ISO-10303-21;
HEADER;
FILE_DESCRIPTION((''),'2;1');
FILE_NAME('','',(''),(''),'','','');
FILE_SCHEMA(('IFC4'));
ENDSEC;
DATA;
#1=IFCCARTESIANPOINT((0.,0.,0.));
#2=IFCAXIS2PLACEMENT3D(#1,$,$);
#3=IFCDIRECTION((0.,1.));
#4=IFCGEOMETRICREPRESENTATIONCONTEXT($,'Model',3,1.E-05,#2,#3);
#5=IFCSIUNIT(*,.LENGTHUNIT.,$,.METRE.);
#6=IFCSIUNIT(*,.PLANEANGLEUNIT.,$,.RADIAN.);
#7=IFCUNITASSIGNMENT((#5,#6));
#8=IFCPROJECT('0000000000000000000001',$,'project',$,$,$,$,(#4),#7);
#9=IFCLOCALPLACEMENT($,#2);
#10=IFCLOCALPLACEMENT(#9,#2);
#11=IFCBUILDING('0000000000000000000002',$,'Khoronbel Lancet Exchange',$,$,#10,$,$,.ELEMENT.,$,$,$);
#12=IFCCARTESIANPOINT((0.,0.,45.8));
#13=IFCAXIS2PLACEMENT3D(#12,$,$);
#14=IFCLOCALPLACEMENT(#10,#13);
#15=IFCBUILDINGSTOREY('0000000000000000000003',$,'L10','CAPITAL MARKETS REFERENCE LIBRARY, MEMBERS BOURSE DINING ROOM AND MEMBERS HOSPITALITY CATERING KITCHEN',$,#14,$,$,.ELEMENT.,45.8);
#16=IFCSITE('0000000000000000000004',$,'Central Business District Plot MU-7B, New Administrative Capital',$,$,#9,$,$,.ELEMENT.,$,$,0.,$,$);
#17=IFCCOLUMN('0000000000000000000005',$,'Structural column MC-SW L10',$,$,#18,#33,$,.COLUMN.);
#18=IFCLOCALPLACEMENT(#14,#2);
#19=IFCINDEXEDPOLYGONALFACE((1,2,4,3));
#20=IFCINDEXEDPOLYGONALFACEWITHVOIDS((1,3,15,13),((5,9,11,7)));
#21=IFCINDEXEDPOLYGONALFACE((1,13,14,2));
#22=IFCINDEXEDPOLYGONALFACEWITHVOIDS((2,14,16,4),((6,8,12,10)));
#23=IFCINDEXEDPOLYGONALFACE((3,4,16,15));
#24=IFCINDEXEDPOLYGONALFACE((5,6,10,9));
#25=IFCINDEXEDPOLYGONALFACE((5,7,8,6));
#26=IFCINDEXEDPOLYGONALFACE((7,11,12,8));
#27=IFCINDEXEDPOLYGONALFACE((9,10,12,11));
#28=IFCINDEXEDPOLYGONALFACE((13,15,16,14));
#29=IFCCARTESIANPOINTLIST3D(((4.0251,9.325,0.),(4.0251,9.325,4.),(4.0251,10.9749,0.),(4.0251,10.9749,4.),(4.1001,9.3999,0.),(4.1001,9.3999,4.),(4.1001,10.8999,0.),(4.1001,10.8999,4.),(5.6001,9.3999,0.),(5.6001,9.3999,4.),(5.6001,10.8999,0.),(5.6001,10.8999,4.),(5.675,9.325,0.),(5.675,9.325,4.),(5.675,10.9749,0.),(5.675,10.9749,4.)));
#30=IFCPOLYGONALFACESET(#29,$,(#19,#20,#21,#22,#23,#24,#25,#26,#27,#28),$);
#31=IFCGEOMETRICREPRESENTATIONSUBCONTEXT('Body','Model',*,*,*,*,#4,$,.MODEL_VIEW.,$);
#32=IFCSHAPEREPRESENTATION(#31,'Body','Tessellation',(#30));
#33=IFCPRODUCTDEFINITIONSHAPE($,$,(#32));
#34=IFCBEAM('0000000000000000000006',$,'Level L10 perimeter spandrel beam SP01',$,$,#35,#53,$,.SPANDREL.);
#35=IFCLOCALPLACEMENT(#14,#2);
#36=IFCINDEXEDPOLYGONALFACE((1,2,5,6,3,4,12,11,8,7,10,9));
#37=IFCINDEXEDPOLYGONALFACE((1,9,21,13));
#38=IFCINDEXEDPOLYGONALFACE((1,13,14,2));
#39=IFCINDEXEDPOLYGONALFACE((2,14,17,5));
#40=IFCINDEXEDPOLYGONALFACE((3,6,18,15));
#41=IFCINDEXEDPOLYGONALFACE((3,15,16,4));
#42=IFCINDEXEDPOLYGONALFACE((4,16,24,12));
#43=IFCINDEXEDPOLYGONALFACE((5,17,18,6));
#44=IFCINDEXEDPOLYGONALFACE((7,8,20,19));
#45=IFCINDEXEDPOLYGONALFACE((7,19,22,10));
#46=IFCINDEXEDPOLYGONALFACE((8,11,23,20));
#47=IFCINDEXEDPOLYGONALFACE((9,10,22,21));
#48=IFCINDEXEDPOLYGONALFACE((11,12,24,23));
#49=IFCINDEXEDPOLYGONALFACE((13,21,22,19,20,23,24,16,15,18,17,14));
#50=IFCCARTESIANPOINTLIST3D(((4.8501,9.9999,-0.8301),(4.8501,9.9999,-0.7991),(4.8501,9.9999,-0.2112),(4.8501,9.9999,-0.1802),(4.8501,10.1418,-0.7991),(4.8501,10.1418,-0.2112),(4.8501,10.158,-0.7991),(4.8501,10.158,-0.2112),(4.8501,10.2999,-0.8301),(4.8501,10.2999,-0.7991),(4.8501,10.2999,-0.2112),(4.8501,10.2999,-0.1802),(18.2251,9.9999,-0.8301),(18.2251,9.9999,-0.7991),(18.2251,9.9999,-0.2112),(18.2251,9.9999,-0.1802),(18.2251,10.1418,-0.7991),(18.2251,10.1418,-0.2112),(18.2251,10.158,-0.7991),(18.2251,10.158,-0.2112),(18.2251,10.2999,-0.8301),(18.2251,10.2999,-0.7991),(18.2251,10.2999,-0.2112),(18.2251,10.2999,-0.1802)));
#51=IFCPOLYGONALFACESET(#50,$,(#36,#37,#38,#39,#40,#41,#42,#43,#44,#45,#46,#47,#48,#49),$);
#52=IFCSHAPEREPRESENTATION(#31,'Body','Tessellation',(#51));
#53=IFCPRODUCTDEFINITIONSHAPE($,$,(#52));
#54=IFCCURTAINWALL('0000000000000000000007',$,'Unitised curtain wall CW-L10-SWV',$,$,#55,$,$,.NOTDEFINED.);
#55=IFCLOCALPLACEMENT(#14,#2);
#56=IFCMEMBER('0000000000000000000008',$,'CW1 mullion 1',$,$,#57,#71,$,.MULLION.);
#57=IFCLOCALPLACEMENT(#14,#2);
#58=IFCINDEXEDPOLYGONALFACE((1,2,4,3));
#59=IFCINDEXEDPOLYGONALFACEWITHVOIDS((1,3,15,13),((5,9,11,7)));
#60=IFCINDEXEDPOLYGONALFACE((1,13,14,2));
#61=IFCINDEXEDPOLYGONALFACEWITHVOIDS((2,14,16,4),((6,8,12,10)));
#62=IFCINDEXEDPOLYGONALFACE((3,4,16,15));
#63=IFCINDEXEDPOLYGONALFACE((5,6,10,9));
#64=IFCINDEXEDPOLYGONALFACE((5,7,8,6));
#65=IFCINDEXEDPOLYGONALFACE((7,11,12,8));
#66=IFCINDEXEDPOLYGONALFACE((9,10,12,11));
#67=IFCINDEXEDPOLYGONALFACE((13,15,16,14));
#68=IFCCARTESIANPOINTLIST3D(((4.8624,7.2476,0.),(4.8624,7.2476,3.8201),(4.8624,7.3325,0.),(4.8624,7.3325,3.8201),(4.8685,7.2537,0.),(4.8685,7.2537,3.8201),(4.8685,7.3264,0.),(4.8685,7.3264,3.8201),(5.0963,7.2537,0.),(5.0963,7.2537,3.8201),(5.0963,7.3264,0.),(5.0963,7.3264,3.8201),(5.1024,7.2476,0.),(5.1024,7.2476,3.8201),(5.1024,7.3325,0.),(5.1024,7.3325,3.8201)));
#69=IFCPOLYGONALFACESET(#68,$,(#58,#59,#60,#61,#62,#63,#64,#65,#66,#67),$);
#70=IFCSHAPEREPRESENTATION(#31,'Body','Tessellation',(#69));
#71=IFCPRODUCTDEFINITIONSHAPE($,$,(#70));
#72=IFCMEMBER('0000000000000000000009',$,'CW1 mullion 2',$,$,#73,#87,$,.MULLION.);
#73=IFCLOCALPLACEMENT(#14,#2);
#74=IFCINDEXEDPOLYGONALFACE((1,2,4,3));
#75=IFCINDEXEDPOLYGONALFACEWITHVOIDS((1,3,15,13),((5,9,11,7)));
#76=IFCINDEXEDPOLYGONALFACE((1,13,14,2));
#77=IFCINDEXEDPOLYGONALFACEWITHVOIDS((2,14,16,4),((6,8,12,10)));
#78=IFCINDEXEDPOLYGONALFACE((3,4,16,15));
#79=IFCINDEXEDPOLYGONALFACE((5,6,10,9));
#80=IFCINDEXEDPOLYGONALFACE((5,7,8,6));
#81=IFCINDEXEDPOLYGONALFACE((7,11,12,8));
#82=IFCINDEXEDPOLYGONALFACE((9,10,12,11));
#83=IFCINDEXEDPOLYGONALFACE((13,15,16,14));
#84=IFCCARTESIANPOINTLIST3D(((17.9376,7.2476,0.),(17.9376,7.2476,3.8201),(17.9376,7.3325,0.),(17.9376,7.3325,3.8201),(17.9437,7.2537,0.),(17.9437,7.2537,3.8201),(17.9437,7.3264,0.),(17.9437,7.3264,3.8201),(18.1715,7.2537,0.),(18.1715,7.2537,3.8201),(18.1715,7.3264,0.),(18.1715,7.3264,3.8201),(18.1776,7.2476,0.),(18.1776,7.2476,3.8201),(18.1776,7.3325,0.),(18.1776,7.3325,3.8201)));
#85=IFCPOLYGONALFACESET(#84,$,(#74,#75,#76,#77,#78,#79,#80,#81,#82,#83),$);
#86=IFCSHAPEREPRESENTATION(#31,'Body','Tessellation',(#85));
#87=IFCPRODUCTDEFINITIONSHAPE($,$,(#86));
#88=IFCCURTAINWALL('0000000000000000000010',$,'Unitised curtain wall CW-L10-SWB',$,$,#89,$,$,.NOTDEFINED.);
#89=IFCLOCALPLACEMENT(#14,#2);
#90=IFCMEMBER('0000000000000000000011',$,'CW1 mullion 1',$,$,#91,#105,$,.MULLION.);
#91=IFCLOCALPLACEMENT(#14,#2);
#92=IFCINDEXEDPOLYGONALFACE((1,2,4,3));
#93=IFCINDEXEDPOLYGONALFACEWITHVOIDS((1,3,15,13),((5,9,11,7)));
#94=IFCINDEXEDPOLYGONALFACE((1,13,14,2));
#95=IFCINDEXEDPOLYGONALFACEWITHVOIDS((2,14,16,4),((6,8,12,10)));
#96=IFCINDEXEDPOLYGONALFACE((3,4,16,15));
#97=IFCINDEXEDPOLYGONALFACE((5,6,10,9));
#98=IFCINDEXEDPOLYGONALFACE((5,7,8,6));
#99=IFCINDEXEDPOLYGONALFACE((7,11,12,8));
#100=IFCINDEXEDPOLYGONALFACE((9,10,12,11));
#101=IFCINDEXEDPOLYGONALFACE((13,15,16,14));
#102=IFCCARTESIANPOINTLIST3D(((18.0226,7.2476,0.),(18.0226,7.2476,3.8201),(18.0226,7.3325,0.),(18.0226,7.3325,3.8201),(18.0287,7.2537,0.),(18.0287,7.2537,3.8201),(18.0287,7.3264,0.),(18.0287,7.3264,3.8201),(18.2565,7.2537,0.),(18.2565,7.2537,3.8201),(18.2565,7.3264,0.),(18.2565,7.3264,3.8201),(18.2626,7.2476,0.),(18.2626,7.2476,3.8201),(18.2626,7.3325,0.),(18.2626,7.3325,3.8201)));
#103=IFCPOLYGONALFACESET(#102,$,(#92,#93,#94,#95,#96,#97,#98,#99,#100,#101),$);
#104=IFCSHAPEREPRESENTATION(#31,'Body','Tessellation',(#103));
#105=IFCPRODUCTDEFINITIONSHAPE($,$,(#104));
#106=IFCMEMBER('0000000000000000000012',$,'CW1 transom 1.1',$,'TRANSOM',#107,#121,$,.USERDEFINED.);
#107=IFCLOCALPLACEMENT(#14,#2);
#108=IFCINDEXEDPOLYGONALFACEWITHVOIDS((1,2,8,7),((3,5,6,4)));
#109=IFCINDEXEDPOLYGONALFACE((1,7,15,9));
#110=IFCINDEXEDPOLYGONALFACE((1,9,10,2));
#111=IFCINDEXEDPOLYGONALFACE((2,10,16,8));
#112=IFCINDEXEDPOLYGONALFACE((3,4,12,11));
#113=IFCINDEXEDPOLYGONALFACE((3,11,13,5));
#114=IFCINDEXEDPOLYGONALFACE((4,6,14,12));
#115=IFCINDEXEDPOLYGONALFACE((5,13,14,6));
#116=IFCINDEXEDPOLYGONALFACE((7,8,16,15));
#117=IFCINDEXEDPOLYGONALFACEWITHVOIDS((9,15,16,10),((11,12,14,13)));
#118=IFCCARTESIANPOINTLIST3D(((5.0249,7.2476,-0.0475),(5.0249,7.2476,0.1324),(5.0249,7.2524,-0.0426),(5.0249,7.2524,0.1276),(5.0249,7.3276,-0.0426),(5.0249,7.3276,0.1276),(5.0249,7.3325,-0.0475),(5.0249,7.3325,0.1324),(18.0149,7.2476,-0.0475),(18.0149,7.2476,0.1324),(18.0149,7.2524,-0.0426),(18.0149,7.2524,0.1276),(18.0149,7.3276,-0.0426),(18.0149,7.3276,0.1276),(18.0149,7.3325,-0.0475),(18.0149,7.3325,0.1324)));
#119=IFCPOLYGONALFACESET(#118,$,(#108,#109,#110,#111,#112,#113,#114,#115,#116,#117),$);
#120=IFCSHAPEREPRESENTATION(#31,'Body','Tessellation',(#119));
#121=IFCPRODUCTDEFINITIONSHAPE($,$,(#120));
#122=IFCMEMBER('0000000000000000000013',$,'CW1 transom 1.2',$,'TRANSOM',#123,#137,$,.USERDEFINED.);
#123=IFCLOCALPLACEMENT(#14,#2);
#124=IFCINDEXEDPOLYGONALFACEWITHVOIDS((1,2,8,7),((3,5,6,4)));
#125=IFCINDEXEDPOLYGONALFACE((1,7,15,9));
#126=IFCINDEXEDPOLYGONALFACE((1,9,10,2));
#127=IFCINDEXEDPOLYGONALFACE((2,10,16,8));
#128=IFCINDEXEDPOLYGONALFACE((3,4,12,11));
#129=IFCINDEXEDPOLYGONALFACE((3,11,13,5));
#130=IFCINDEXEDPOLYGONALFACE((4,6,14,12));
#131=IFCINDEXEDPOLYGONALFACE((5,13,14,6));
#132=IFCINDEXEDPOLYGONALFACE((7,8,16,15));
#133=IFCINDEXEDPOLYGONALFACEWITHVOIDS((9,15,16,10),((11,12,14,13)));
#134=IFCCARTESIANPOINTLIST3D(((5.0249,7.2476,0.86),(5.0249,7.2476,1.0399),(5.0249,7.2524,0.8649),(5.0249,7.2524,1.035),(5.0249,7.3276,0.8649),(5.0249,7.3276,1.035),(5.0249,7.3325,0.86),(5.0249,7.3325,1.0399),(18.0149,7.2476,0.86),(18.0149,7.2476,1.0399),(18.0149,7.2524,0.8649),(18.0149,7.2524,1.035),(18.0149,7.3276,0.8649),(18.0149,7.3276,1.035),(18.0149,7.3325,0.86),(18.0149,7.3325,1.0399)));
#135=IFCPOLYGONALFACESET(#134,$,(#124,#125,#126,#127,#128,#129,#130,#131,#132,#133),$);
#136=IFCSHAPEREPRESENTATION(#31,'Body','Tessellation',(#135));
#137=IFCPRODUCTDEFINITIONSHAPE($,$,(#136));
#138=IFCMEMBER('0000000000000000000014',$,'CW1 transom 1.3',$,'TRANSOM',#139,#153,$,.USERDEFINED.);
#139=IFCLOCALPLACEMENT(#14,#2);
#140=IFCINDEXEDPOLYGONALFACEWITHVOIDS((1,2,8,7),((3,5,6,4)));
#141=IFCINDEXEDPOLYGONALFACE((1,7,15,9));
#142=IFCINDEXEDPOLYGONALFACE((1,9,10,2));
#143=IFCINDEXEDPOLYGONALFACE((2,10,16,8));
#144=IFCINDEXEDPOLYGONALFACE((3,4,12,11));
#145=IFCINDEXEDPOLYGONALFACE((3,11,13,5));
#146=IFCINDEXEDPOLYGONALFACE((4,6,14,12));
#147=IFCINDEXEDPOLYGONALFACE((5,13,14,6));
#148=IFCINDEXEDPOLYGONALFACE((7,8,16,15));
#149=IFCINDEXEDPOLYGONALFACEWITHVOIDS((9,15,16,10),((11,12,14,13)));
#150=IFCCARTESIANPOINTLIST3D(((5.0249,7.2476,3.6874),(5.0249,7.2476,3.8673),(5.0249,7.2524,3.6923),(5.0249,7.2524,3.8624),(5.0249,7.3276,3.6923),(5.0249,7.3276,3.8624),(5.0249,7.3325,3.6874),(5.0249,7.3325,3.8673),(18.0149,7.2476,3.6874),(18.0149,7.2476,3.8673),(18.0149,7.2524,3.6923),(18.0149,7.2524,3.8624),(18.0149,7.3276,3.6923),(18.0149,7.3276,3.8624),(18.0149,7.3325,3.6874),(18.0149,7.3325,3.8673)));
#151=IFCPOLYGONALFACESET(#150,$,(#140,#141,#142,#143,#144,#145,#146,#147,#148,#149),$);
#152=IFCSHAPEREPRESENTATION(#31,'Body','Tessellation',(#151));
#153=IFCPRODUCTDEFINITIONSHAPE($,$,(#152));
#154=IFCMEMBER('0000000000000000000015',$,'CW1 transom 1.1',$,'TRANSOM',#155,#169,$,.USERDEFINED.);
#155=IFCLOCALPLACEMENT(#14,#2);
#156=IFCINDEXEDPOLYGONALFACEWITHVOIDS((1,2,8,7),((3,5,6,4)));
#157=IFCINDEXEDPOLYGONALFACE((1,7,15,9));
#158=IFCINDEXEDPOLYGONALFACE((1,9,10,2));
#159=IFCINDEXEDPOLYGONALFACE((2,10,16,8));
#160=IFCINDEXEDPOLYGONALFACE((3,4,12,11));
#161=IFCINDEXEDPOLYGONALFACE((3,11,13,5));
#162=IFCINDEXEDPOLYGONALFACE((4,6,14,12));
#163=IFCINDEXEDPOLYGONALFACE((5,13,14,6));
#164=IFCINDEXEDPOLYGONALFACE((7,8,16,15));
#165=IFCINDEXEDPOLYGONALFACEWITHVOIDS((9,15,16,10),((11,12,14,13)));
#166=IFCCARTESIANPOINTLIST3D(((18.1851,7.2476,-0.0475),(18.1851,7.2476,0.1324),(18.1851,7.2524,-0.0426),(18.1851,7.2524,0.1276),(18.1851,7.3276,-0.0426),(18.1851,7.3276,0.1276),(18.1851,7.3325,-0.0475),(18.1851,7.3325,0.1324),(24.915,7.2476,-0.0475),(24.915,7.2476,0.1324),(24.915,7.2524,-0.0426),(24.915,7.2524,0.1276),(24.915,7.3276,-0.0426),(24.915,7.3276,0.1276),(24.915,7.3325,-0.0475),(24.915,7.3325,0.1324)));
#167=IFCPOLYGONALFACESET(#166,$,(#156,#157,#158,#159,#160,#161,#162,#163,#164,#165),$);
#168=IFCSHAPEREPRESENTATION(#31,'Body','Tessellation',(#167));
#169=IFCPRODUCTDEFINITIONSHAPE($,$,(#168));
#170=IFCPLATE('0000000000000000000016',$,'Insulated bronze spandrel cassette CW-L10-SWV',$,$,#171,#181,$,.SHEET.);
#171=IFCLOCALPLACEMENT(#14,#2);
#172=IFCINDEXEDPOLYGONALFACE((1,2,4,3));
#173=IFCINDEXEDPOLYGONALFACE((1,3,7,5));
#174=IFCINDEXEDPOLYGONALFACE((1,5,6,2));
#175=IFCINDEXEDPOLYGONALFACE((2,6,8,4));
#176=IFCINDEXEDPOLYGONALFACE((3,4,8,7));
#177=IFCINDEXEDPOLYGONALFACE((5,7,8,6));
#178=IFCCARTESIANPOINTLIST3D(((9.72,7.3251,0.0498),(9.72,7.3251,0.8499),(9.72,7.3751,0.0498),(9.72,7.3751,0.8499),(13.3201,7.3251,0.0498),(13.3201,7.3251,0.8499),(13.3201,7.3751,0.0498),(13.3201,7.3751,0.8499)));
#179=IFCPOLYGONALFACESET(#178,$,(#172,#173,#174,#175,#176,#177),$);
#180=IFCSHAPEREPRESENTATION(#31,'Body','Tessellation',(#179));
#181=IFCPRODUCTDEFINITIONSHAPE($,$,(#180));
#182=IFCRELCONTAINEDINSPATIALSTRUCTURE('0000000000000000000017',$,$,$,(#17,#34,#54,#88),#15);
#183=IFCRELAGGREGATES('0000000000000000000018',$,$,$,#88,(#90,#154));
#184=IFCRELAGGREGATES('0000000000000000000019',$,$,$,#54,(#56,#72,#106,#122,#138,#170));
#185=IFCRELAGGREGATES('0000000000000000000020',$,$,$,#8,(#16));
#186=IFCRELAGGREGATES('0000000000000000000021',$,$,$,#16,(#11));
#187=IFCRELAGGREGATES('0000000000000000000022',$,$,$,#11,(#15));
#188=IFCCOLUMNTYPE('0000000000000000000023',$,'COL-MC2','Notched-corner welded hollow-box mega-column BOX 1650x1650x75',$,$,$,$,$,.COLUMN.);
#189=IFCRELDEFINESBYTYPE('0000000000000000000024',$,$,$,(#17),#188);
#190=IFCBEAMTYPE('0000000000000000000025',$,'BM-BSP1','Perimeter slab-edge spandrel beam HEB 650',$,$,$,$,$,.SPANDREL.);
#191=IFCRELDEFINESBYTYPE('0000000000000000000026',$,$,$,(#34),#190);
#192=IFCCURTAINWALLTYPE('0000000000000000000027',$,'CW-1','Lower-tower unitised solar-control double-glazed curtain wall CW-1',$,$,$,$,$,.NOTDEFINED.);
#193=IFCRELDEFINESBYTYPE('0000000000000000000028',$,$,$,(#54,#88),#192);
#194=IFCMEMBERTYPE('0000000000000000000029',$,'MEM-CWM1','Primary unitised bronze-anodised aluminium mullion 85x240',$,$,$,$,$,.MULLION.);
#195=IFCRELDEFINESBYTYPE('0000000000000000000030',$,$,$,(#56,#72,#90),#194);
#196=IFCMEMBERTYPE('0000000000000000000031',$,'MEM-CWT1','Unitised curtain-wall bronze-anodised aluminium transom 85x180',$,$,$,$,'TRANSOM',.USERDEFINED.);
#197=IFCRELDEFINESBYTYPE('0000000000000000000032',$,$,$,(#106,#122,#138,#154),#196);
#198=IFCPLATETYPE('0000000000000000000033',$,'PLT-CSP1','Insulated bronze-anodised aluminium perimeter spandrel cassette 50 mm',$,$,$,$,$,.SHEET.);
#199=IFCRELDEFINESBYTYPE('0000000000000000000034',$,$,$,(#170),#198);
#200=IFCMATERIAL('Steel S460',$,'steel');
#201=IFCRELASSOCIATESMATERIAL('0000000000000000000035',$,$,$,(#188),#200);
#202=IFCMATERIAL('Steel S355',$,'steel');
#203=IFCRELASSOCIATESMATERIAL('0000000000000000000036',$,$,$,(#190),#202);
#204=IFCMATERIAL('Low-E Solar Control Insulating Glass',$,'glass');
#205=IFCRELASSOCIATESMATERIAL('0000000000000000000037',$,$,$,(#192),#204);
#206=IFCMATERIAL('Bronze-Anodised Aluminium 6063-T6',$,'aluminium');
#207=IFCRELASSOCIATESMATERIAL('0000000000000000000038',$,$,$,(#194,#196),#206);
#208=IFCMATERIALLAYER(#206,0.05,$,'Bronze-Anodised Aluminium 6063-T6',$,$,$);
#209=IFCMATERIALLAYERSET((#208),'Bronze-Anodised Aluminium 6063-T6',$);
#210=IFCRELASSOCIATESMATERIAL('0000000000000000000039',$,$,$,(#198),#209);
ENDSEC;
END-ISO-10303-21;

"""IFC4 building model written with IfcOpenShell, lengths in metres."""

from ifc_helpers import new_model, si_unit, direction, frame, origin, origin_2d, place, context, subcontext, project, spatial, rectangle, hollow_rectangle, i_section, extrude, material, layer, layer_set, material_profile, profile_set, type_object, element, aggregate, save


model = new_model("IFC4")

# Units and contexts
model_context = context("Model", 3, precision=1e-05, world=origin(), true_north=direction((0.0, 1.0)))
body_context = subcontext(model_context, "Body", "Model", "MODEL_VIEW")
ifc_project = project(units=[si_unit("LENGTHUNIT", "METRE"), si_unit("PLANEANGLEUNIT", "RADIAN")], contexts=[model_context])

# Site, building, storey
site_placement = place(None, origin())
site = spatial("IfcSite", under=ifc_project, at=site_placement, Name="Central Business District Plot MU-7B, New Administrative Capital", CompositionType="ELEMENT", RefElevation=0.0)
building_placement = place(site_placement, origin())
building = spatial("IfcBuilding", under=site, at=building_placement, Name="Khoronbel Lancet Exchange", CompositionType="ELEMENT")
storey_placement = place(building_placement, frame((0.0, 0.0, 45.8)))
storey = spatial("IfcBuildingStorey", under=building, at=storey_placement, Name="L10", Description="CAPITAL MARKETS REFERENCE LIBRARY, MEMBERS BOURSE DINING ROOM AND MEMBERS HOSPITALITY CATERING KITCHEN", CompositionType="ELEMENT", Elevation=45.8)

# Column
ifc_material_1 = material(Name="Steel S460", Category="steel")
ifc_material_profile_1 = material_profile(ifc_material_1, hollow_rectangle(XDim=1.6499, YDim=1.6499, WallThickness=0.075, at=origin_2d()), Name="BOX 1650x1650x75")
ifc_profile_set_1 = profile_set([ifc_material_profile_1], Name="Steel S460")
column_type = type_object("IfcColumnType", Name="COL-MC2", Description="Notched-corner welded hollow-box mega-column BOX 1650x1650x75", PredefinedType="COLUMN", material=ifc_profile_set_1)
column_placement = place(storey_placement, frame((4.8501, 10.1499, 0.0), z_axis=(0.0, 0.0, 1.0), x_axis=(1.0, 0.0, 0.0)))
element("IfcColumn", 1, at=column_placement, inside=storey, type_object=column_type, Name="Structural column MC-SW L10", PredefinedType="COLUMN", context=body_context, shape_type="SweptSolid", body=[
    extrude(hollow_rectangle(XDim=1.6499, YDim=1.6499, WallThickness=0.075, at=origin_2d()), origin(), (0.0, 0.0, 1.0), 4.0),
])

# Beam
ifc_material_2 = material(Name="Steel S355", Category="steel")
ifc_material_profile_2 = material_profile(ifc_material_2, i_section(OverallWidth=0.3, OverallDepth=0.6499, WebThickness=0.0161, FlangeThickness=0.031, at=origin_2d()), Name="HEB 650")
ifc_profile_set_2 = profile_set([ifc_material_profile_2], Name="Steel S355")
beam_type = type_object("IfcBeamType", Name="BM-BSP1", Description="Perimeter slab-edge spandrel beam HEB 650", PredefinedType="SPANDREL", material=ifc_profile_set_2)
beam_placement = place(storey_placement, frame((4.8501, 10.1499, -0.5051), z_axis=(1.0, 0.0, 0.0), x_axis=(0.0, 1.0, 0.0)))
element("IfcBeam", 2, at=beam_placement, inside=storey, type_object=beam_type, Name="Level L10 perimeter spandrel beam SP01", PredefinedType="SPANDREL", context=body_context, shape_type="SweptSolid", body=[
    extrude(i_section(OverallWidth=0.3, OverallDepth=0.6499, WebThickness=0.0161, FlangeThickness=0.031, at=origin_2d()), origin(), (0.0, 0.0, 1.0), 13.375),
])

# Curtain wall, members
ifc_material_3 = material(Name="Low-E Solar Control Insulating Glass", Category="glass")
curtain_wall_type = type_object("IfcCurtainWallType", Name="CW-1", Description="Lower-tower unitised solar-control double-glazed curtain wall CW-1", PredefinedType="NOTDEFINED", material=ifc_material_3)
curtain_wall_1_placement = place(storey_placement, origin())
curtain_wall_1 = element("IfcCurtainWall", 3, at=curtain_wall_1_placement, inside=storey, type_object=curtain_wall_type, Name="Unitised curtain wall CW-L10-SWV", PredefinedType="NOTDEFINED")
ifc_material_4 = material(Name="Bronze-Anodised Aluminium 6063-T6", Category="aluminium")
ifc_material_profile_3 = material_profile(ifc_material_4, hollow_rectangle(XDim=0.085, YDim=0.24, WallThickness=0.0061, at=origin_2d()), Name="ALU MULLION 85x240")
ifc_profile_set_3 = profile_set([ifc_material_profile_3], Name="Bronze-Anodised Aluminium 6063-T6")
member_type_1 = type_object("IfcMemberType", Name="MEM-CWM1", Description="Primary unitised bronze-anodised aluminium mullion 85x240", PredefinedType="MULLION", material=ifc_profile_set_3)
member_1_placement = place(storey_placement, frame((4.9824, 7.29, 0.0), z_axis=(0.0, 0.0, 1.0), x_axis=(0.0, 1.0, 0.0)))
member_1 = element("IfcMember", 4, at=member_1_placement, type_object=member_type_1, Name="CW1 mullion 1", PredefinedType="MULLION", context=body_context, shape_type="SweptSolid", body=[
    extrude(hollow_rectangle(XDim=0.085, YDim=0.24, WallThickness=0.0061, at=origin_2d()), origin(), (0.0, 0.0, 1.0), 3.8201),
])
member_2_placement = place(storey_placement, frame((18.0576, 7.29, 0.0), z_axis=(0.0, 0.0, 1.0), x_axis=(0.0, 1.0, 0.0)))
member_2 = element("IfcMember", 5, at=member_2_placement, type_object=member_type_1, Name="CW1 mullion 2", PredefinedType="MULLION", context=body_context, shape_type="SweptSolid", body=[
    extrude(hollow_rectangle(XDim=0.085, YDim=0.24, WallThickness=0.0061, at=origin_2d()), origin(), (0.0, 0.0, 1.0), 3.8201),
])

# Curtain wall, member
curtain_wall_2_placement = place(storey_placement, origin())
curtain_wall_2 = element("IfcCurtainWall", 6, at=curtain_wall_2_placement, inside=storey, type_object=curtain_wall_type, Name="Unitised curtain wall CW-L10-SWB", PredefinedType="NOTDEFINED")
member_3_placement = place(storey_placement, frame((18.1426, 7.29, 0.0), z_axis=(0.0, 0.0, 1.0), x_axis=(0.0, 1.0, 0.0)))
member_3 = element("IfcMember", 7, at=member_3_placement, type_object=member_type_1, Name="CW1 mullion 1", PredefinedType="MULLION", context=body_context, shape_type="SweptSolid", body=[
    extrude(hollow_rectangle(XDim=0.085, YDim=0.24, WallThickness=0.0061, at=origin_2d()), origin(), (0.0, 0.0, 1.0), 3.8201),
])

# Members
ifc_material_profile_4 = material_profile(ifc_material_4, hollow_rectangle(XDim=0.085, YDim=0.1799, WallThickness=0.0049, at=origin_2d()), Name="ALU TRANSOM 85x180")
ifc_profile_set_4 = profile_set([ifc_material_profile_4], Name="Bronze-Anodised Aluminium 6063-T6")
member_type_2 = type_object("IfcMemberType", Name="MEM-CWT1", Description="Unitised curtain-wall bronze-anodised aluminium transom 85x180", ElementType="TRANSOM", PredefinedType="USERDEFINED", material=ifc_profile_set_4)
member_4_placement = place(storey_placement, frame((5.0249, 7.29, 0.0425), z_axis=(1.0, 0.0, 0.0), x_axis=(0.0, 1.0, 0.0)))
member_4 = element("IfcMember", 8, at=member_4_placement, type_object=member_type_2, Name="CW1 transom 1.1", ObjectType="TRANSOM", PredefinedType="USERDEFINED", context=body_context, shape_type="SweptSolid", body=[
    extrude(hollow_rectangle(XDim=0.085, YDim=0.1799, WallThickness=0.0049, at=origin_2d()), origin(), (0.0, 0.0, 1.0), 12.99),
])
member_5_placement = place(storey_placement, frame((5.0249, 7.29, 0.95), z_axis=(1.0, 0.0, 0.0), x_axis=(0.0, 1.0, 0.0)))
member_5 = element("IfcMember", 9, at=member_5_placement, type_object=member_type_2, Name="CW1 transom 1.2", ObjectType="TRANSOM", PredefinedType="USERDEFINED", context=body_context, shape_type="SweptSolid", body=[
    extrude(hollow_rectangle(XDim=0.085, YDim=0.1799, WallThickness=0.0049, at=origin_2d()), origin(), (0.0, 0.0, 1.0), 12.99),
])
member_6_placement = place(storey_placement, frame((5.0249, 7.29, 3.7773), z_axis=(1.0, 0.0, 0.0), x_axis=(0.0, 1.0, 0.0)))
member_6 = element("IfcMember", 10, at=member_6_placement, type_object=member_type_2, Name="CW1 transom 1.3", ObjectType="TRANSOM", PredefinedType="USERDEFINED", context=body_context, shape_type="SweptSolid", body=[
    extrude(hollow_rectangle(XDim=0.085, YDim=0.1799, WallThickness=0.0049, at=origin_2d()), origin(), (0.0, 0.0, 1.0), 12.99),
])
member_7_placement = place(storey_placement, frame((18.1851, 7.29, 0.0425), z_axis=(1.0, 0.0, 0.0), x_axis=(0.0, 1.0, 0.0)))
member_7 = element("IfcMember", 11, at=member_7_placement, type_object=member_type_2, Name="CW1 transom 1.1", ObjectType="TRANSOM", PredefinedType="USERDEFINED", context=body_context, shape_type="SweptSolid", body=[
    extrude(hollow_rectangle(XDim=0.085, YDim=0.1799, WallThickness=0.0049, at=origin_2d()), origin(), (0.0, 0.0, 1.0), 6.73),
])
aggregate(curtain_wall_2, [member_3, member_7])

# Plate
ifc_layer_1 = layer(ifc_material_4, 0.05, Name="Bronze-Anodised Aluminium 6063-T6")
ifc_layer_set_1 = layer_set([ifc_layer_1], Name="Bronze-Anodised Aluminium 6063-T6")
plate_type_1 = type_object("IfcPlateType", Name="PLT-CSP1", Description="Insulated bronze-anodised aluminium perimeter spandrel cassette 50 mm", PredefinedType="SHEET", material=ifc_layer_set_1)
plate_1_placement = place(storey_placement, frame((11.52, 7.3501, 0.0498), z_axis=(0.0, 0.0, 1.0), x_axis=(1.0, 0.0, 0.0)))
plate_1 = element("IfcPlate", 12, at=plate_1_placement, type_object=plate_type_1, Name="Insulated bronze spandrel cassette CW-L10-SWV", PredefinedType="SHEET", context=body_context, shape_type="SweptSolid", body=[
    extrude(rectangle(XDim=3.6001, YDim=0.05, at=origin_2d()), origin(), (0.0, 0.0, 1.0), 0.8),
])
aggregate(curtain_wall_1, [member_1, member_2, member_4, member_5, member_6, plate_1])

save(model, "model.ifc")
